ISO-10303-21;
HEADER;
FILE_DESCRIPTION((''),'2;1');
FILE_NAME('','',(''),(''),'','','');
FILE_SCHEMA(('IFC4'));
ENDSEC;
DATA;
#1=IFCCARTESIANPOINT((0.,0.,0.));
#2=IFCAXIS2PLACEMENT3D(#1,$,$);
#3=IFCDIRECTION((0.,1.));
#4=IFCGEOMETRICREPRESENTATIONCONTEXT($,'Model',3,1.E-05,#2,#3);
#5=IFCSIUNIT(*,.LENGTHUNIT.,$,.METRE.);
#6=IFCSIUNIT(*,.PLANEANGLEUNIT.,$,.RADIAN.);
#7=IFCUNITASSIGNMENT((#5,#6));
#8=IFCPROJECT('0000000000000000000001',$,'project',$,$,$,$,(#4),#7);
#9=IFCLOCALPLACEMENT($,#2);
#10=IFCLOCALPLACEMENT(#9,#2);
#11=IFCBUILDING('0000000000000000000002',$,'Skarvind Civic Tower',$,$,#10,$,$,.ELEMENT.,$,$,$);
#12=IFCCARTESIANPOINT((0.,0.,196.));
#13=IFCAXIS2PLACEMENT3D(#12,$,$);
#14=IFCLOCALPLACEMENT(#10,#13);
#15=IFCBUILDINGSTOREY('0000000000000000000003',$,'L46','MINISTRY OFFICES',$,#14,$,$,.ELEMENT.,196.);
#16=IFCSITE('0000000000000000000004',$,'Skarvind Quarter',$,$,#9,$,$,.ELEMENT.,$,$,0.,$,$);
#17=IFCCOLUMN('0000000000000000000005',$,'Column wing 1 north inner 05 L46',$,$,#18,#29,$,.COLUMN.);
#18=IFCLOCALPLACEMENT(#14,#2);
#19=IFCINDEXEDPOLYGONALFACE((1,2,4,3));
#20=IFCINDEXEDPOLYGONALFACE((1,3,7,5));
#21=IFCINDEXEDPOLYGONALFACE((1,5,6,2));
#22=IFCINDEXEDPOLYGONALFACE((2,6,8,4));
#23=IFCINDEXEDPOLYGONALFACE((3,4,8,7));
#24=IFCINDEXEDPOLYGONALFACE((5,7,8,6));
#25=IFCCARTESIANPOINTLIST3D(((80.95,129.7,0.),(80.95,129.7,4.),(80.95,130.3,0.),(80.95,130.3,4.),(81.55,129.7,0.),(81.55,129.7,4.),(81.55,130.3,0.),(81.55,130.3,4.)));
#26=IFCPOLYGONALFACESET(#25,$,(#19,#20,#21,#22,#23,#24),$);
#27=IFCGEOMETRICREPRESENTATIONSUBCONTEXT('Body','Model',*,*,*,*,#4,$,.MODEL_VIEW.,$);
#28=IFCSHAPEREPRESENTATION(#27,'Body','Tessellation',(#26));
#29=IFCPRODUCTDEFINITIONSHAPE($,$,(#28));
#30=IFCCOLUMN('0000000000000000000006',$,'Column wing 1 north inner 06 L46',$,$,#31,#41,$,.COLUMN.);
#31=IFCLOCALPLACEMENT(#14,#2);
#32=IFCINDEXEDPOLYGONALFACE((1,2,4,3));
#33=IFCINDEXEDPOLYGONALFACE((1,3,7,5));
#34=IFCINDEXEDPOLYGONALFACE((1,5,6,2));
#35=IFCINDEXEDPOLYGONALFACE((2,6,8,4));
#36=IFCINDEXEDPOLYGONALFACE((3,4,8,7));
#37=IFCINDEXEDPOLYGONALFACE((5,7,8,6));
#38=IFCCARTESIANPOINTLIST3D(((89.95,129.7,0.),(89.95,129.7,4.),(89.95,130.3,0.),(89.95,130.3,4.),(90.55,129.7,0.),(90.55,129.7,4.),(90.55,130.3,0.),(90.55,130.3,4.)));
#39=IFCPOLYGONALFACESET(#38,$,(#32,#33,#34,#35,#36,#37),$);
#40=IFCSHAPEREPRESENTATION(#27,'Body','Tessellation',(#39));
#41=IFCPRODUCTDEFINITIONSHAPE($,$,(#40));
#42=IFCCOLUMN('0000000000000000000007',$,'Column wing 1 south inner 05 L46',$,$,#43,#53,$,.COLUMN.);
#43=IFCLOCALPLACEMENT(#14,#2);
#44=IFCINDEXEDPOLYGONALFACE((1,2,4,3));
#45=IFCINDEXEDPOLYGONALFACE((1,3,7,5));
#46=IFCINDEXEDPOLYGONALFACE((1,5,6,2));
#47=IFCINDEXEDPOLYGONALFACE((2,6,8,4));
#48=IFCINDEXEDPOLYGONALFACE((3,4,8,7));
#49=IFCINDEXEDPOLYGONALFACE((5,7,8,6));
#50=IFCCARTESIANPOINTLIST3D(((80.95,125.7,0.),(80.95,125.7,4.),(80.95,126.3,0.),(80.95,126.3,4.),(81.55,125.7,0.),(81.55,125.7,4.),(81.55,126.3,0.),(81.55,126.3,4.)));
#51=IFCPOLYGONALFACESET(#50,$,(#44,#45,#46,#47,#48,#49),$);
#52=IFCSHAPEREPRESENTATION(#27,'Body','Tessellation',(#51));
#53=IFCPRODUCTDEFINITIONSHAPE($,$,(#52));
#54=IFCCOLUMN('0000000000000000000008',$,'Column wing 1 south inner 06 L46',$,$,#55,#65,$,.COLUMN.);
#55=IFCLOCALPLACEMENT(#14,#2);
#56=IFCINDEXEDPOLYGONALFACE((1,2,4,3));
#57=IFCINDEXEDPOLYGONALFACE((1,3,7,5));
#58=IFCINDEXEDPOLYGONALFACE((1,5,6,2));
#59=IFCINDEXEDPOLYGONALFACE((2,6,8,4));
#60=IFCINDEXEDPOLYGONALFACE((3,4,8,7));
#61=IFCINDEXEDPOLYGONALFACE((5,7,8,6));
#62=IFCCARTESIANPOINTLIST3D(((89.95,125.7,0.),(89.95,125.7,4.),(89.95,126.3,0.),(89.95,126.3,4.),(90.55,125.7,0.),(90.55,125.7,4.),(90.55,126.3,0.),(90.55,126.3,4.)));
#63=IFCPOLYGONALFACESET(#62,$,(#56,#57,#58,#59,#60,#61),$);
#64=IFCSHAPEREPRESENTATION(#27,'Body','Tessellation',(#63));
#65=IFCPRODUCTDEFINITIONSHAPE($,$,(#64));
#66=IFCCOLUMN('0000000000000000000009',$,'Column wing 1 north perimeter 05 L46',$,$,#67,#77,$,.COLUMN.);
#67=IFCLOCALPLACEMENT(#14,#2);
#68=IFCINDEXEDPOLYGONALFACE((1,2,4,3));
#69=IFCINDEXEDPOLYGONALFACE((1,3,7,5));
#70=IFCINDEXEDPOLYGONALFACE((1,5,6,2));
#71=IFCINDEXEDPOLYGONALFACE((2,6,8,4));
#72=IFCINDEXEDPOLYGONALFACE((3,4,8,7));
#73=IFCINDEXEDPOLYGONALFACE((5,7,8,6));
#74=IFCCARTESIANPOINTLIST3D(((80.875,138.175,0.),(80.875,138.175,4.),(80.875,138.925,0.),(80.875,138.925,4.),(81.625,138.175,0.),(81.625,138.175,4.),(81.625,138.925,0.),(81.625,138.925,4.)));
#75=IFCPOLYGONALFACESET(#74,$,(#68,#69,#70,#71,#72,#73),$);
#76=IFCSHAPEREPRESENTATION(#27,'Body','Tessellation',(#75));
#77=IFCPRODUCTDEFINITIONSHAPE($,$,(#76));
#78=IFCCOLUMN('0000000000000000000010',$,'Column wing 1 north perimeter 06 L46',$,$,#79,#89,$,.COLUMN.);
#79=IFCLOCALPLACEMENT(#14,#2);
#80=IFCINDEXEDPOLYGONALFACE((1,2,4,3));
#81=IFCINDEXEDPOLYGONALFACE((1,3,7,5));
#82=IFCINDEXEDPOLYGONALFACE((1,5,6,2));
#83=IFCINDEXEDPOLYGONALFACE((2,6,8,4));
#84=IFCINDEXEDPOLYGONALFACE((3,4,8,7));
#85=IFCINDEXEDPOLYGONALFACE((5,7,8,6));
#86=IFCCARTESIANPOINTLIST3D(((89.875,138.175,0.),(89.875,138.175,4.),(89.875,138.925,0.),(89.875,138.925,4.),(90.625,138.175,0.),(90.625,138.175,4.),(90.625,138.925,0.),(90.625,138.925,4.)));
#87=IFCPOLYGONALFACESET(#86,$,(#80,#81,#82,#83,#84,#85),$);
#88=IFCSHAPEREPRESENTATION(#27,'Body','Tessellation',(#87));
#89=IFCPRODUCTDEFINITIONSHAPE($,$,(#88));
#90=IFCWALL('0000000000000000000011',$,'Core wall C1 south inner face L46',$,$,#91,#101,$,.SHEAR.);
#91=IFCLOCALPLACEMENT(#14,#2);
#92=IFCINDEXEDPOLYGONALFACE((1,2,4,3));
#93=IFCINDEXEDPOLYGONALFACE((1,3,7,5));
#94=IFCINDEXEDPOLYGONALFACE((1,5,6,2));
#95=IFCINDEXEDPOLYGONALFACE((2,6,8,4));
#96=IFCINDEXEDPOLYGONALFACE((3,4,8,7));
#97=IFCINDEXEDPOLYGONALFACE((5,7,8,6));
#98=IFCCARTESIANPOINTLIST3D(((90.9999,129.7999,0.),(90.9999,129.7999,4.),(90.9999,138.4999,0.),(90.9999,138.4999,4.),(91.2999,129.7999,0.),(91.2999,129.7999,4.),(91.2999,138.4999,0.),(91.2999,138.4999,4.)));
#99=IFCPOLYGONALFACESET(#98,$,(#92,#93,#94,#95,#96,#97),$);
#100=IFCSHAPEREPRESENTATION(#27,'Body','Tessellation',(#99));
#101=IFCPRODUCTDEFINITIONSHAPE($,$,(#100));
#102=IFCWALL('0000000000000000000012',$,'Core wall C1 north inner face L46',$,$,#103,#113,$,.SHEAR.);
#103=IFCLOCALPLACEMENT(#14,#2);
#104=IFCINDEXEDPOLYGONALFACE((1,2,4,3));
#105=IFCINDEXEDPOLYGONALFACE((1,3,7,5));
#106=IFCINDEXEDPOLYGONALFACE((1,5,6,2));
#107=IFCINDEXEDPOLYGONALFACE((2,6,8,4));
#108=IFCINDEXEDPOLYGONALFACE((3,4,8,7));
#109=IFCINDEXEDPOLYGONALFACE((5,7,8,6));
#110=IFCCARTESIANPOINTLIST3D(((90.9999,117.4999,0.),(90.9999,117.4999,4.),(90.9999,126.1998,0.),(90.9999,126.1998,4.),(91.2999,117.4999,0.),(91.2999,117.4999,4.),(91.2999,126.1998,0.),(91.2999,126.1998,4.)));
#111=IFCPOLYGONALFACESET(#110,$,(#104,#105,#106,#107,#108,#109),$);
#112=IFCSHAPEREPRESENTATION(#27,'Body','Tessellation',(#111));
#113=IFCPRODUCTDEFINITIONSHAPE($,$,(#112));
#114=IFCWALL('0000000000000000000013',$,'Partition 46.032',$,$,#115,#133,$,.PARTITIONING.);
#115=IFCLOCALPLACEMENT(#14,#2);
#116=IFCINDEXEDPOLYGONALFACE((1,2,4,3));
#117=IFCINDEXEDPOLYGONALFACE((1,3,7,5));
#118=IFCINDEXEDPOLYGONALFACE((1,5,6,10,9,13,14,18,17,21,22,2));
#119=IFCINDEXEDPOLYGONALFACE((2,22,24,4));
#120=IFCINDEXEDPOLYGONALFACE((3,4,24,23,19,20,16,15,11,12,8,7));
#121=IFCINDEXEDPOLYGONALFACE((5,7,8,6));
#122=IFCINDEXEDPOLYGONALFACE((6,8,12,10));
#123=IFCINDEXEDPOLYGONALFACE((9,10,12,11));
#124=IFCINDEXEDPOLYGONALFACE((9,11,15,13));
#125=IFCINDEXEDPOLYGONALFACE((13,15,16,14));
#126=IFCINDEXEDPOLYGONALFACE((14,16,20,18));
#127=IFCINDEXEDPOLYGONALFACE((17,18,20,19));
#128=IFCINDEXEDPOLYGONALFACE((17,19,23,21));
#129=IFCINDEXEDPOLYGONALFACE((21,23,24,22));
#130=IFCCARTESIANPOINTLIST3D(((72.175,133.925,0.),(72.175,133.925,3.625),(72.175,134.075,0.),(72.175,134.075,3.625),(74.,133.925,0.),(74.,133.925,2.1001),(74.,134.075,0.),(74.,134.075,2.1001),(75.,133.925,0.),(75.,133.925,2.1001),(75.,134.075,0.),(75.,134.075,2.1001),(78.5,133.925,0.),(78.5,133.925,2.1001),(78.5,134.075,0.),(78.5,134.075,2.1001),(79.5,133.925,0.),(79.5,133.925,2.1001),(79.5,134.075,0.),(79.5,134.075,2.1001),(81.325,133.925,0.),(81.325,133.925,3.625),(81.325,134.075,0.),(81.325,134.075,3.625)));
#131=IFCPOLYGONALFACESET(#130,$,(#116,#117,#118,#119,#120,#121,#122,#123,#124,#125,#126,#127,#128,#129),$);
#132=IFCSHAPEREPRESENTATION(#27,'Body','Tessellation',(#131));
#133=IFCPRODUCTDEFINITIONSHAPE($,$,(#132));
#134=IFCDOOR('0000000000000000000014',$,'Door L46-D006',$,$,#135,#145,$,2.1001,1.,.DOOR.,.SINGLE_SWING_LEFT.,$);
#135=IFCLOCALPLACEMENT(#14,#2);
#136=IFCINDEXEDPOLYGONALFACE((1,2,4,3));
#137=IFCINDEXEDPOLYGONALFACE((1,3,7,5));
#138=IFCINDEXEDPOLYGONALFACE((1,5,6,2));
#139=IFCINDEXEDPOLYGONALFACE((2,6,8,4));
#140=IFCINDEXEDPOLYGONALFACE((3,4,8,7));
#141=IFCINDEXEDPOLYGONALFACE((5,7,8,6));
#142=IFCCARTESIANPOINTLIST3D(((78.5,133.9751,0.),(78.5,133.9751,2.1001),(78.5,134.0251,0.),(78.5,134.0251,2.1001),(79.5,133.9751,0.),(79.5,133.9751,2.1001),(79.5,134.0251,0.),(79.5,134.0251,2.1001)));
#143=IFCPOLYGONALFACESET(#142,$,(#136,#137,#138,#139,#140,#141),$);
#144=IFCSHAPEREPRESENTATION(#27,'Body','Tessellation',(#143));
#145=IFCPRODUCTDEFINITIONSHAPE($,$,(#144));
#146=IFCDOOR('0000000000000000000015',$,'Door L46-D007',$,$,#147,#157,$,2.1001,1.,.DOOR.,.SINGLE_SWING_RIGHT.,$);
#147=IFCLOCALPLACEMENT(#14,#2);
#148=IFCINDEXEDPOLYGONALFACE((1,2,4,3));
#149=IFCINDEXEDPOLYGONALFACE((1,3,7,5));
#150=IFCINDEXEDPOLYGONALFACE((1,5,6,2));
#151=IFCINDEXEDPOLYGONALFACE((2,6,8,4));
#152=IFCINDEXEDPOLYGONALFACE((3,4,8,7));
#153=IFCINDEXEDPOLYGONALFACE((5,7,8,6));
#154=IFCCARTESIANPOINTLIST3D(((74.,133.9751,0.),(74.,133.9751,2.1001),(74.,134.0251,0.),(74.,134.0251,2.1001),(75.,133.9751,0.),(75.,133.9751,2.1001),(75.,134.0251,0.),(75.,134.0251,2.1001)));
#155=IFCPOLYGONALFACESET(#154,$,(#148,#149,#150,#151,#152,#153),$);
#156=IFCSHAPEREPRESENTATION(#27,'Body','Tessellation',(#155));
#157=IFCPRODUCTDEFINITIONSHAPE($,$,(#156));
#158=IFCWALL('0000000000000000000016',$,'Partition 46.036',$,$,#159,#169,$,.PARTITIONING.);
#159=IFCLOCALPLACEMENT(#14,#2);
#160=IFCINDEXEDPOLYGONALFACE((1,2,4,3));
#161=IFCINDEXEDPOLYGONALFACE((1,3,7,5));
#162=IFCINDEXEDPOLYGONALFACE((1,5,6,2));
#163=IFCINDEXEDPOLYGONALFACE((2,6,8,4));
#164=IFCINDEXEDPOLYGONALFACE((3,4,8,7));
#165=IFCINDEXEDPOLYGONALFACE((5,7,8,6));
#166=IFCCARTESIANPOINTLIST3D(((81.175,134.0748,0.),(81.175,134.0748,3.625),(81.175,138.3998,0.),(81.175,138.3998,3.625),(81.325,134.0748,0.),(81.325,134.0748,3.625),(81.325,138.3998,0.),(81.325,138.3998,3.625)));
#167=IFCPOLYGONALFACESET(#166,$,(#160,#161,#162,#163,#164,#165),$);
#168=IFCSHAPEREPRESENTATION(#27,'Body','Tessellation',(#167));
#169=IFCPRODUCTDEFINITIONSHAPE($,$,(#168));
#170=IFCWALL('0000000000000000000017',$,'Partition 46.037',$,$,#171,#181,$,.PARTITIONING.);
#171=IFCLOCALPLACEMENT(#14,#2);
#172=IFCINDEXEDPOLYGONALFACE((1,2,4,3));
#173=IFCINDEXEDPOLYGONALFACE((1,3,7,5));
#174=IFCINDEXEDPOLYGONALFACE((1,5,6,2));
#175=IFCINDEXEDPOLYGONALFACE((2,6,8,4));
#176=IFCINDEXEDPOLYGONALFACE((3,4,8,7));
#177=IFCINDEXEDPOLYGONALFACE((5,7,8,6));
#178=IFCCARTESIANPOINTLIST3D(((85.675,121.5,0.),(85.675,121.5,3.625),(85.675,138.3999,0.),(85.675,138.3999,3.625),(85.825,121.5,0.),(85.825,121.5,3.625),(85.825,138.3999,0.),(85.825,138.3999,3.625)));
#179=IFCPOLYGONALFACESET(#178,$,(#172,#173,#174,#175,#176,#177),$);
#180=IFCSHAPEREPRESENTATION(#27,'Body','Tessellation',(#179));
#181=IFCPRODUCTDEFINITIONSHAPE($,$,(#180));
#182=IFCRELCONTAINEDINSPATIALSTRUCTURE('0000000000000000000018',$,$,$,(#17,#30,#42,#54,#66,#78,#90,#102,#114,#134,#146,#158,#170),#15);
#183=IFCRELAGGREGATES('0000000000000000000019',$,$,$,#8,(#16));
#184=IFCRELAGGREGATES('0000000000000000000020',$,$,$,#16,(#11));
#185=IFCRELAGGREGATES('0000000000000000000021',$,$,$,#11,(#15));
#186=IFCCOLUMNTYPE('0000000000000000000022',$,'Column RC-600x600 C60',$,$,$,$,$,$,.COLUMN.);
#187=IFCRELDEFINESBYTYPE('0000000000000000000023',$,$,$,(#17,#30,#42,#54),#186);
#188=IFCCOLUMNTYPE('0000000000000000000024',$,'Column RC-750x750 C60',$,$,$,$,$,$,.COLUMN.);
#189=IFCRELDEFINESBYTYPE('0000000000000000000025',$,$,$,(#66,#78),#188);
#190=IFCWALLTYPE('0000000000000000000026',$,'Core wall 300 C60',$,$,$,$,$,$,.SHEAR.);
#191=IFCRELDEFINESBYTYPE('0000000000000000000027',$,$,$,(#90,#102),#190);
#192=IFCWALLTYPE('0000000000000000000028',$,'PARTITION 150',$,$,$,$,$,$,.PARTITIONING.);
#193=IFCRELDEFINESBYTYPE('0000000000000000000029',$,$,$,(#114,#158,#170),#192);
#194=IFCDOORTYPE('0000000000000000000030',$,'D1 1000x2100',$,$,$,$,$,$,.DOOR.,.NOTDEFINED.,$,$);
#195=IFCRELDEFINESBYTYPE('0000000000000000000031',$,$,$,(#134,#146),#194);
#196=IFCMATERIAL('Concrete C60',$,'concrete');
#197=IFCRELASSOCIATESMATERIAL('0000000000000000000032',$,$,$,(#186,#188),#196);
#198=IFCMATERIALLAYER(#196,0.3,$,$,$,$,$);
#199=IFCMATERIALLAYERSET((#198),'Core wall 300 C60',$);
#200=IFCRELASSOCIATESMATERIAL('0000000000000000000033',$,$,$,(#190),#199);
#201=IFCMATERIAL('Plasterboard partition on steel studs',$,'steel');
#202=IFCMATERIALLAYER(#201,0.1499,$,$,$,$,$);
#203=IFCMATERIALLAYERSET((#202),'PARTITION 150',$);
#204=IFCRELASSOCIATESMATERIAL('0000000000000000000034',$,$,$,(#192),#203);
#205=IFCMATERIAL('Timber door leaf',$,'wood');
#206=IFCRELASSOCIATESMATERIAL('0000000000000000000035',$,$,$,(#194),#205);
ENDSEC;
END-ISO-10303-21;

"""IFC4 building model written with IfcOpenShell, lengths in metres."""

from ifc_helpers import new_model, si_unit, direction, frame, frame_2d, origin, origin_2d, place, context, subcontext, project, spatial, rectangle, extrude, material, layer, layer_set, material_profile, profile_set, type_object, element, fill, save


model = new_model("IFC4")

# Units and contexts
model_context = context("Model", 3, precision=1e-05, world=origin(), true_north=direction((0.0, 1.0)))
body_context = subcontext(model_context, "Body", "Model", "MODEL_VIEW")
ifc_project = project(units=[si_unit("LENGTHUNIT", "METRE"), si_unit("PLANEANGLEUNIT", "RADIAN")], contexts=[model_context])

# Site, building, storey
site_placement = place(None, origin())
site = spatial("IfcSite", under=ifc_project, at=site_placement, Name="Skarvind Quarter", CompositionType="ELEMENT", RefElevation=0.0)
building_placement = place(site_placement, origin())
building = spatial("IfcBuilding", under=site, at=building_placement, Name="Skarvind Civic Tower", CompositionType="ELEMENT")
storey_placement = place(building_placement, frame((0.0, 0.0, 196.0)))
storey = spatial("IfcBuildingStorey", under=building, at=storey_placement, Name="L46", Description="MINISTRY OFFICES", CompositionType="ELEMENT", Elevation=196.0)

# Columns
ifc_material_1 = material(Name="Concrete C60", Category="concrete")
ifc_material_profile_1 = material_profile(ifc_material_1, rectangle(XDim=0.6001, YDim=0.6001, at=origin_2d()), Name="RC-600x600")
ifc_profile_set_1 = profile_set([ifc_material_profile_1], Name="Concrete C60")
column_type_1 = type_object("IfcColumnType", Name="Column RC-600x600 C60", PredefinedType="COLUMN", material=ifc_profile_set_1)
for number, where, z_axis, x_axis, name in (
    (1, (81.25, 130.0, 0.0), (0.0, 0.0, 1.0), (1.0, 0.0, 0.0), "Column wing 1 north inner 05 L46"),
    (2, (90.25, 130.0, 0.0), (0.0, 0.0, 1.0), (1.0, 0.0, 0.0), "Column wing 1 north inner 06 L46"),
    (3, (81.25, 126.0, 0.0), (0.0, 0.0, 1.0), (1.0, 0.0, 0.0), "Column wing 1 south inner 05 L46"),
    (4, (90.25, 126.0, 0.0), (0.0, 0.0, 1.0), (1.0, 0.0, 0.0), "Column wing 1 south inner 06 L46"),
):
    element("IfcColumn", number, at=place(storey_placement, frame(where, z_axis=z_axis, x_axis=x_axis)), inside=storey, type_object=column_type_1, Name=name, PredefinedType="COLUMN", context=body_context, shape_type="SweptSolid", body=[
        extrude(rectangle(XDim=0.6001, YDim=0.6001, at=origin_2d()), origin(), (0.0, 0.0, 1.0), 4.0),
    ])
ifc_material_profile_2 = material_profile(ifc_material_1, rectangle(XDim=0.75, YDim=0.75, at=origin_2d()), Name="RC-750x750")
ifc_profile_set_2 = profile_set([ifc_material_profile_2], Name="Concrete C60")
column_type_2 = type_object("IfcColumnType", Name="Column RC-750x750 C60", PredefinedType="COLUMN", material=ifc_profile_set_2)
for number, where, z_axis, x_axis, name in (
    (5, (81.25, 138.55, 0.0), (0.0, 0.0, 1.0), (1.0, 0.0, 0.0), "Column wing 1 north perimeter 05 L46"),
    (6, (90.25, 138.55, 0.0), (0.0, 0.0, 1.0), (1.0, 0.0, 0.0), "Column wing 1 north perimeter 06 L46"),
):
    element("IfcColumn", number, at=place(storey_placement, frame(where, z_axis=z_axis, x_axis=x_axis)), inside=storey, type_object=column_type_2, Name=name, PredefinedType="COLUMN", context=body_context, shape_type="SweptSolid", body=[
        extrude(rectangle(XDim=0.75, YDim=0.75, at=origin_2d()), origin(), (0.0, 0.0, 1.0), 4.0),
    ])

# Walls
ifc_layer_1 = layer(ifc_material_1, 0.3)
ifc_layer_set_1 = layer_set([ifc_layer_1], Name="Core wall 300 C60")
wall_type_1 = type_object("IfcWallType", Name="Core wall 300 C60", PredefinedType="SHEAR", material=ifc_layer_set_1)
for number, where, z_axis, x_axis, name in (
    (7, (91.1499, 138.5, 0.0), (0.0, 0.0, 1.0), (0.0, -1.0, 0.0), "Core wall C1 south inner face L46"),
    (8, (91.1499, 126.2, 0.0), (0.0, 0.0, 1.0), (0.0, -1.0, 0.0), "Core wall C1 north inner face L46"),
):
    element("IfcWall", number, at=place(storey_placement, frame(where, z_axis=z_axis, x_axis=x_axis)), inside=storey, type_object=wall_type_1, Name=name, PredefinedType="SHEAR", context=body_context, shape_type="SweptSolid", body=[
        extrude(rectangle(XDim=8.7, YDim=0.3, at=frame_2d((4.3501, 0.0))), origin(), (0.0, 0.0, 1.0), 4.0),
    ])

# Wall, openings, doors
ifc_material_2 = material(Name="Plasterboard partition on steel studs", Category="steel")
ifc_layer_2 = layer(ifc_material_2, 0.1499)
ifc_layer_set_2 = layer_set([ifc_layer_2], Name="PARTITION 150")
wall_type_2 = type_object("IfcWallType", Name="PARTITION 150", PredefinedType="PARTITIONING", material=ifc_layer_set_2)
wall_1_placement = place(storey_placement, frame((81.325, 134.0, 0.0), z_axis=(0.0, 0.0, 1.0), x_axis=(-1.0, 0.0, 0.0)))
wall_1 = element("IfcWall", 9, at=wall_1_placement, inside=storey, type_object=wall_type_2, Name="Partition 46.032", PredefinedType="PARTITIONING", context=body_context, shape_type="SweptSolid", body=[
    extrude(rectangle(XDim=9.1499, YDim=0.1499, at=frame_2d((4.575, 0.0))), origin(), (0.0, 0.0, 1.0), 3.625),
])
opening_1_placement = place(wall_1_placement, frame((1.825, 0.0, 0.0)))
opening_1 = element("IfcOpeningElement", 10, at=opening_1_placement, cuts=wall_1, PredefinedType="OPENING", context=body_context, shape_type="SweptSolid", body=[
    extrude(rectangle(XDim=1.0, YDim=2.1001, at=frame_2d((0.5, 1.05))), frame((0.0, 0.085, 0.0), z_axis=(0.0, -1.0, 0.0), x_axis=(1.0, 0.0, 0.0)), (0.0, 0.0, 1.0), 0.1699),
])
opening_2_placement = place(wall_1_placement, frame((6.325, 0.0, 0.0)))
opening_2 = element("IfcOpeningElement", 11, at=opening_2_placement, cuts=wall_1, PredefinedType="OPENING", context=body_context, shape_type="SweptSolid", body=[
    extrude(rectangle(XDim=1.0, YDim=2.1001, at=frame_2d((0.5, 1.05))), frame((0.0, 0.085, 0.0), z_axis=(0.0, -1.0, 0.0), x_axis=(1.0, 0.0, 0.0)), (0.0, 0.0, 1.0), 0.1699),
])
ifc_material_3 = material(Name="Timber door leaf", Category="wood")
door_type = type_object("IfcDoorType", Name="D1 1000x2100", OperationType="NOTDEFINED", PredefinedType="DOOR", material=ifc_material_3)
door_1_placement = place(opening_1_placement, origin())
door_1 = element("IfcDoor", 12, at=door_1_placement, inside=storey, type_object=door_type, Name="Door L46-D006", OperationType="SINGLE_SWING_LEFT", OverallHeight=2.1001, OverallWidth=1.0, PredefinedType="DOOR", context=body_context, shape_type="SweptSolid", body=[
    extrude(rectangle(XDim=1.0, YDim=2.1001, at=frame_2d((0.5, 1.05))), frame((0.0, 0.0249, 0.0), z_axis=(0.0, -1.0, 0.0), x_axis=(1.0, 0.0, 0.0)), (0.0, 0.0, 1.0), 0.05),
])
fill(opening_1, door_1)
door_2_placement = place(opening_2_placement, origin())
door_2 = element("IfcDoor", 13, at=door_2_placement, inside=storey, type_object=door_type, Name="Door L46-D007", OperationType="SINGLE_SWING_RIGHT", OverallHeight=2.1001, OverallWidth=1.0, PredefinedType="DOOR", context=body_context, shape_type="SweptSolid", body=[
    extrude(rectangle(XDim=1.0, YDim=2.1001, at=frame_2d((0.5, 1.05))), frame((0.0, 0.0249, 0.0), z_axis=(0.0, -1.0, 0.0), x_axis=(1.0, 0.0, 0.0)), (0.0, 0.0, 1.0), 0.05),
])
fill(opening_2, door_2)

# Walls
wall_2_placement = place(storey_placement, frame((81.25, 138.3999, 0.0), z_axis=(0.0, 0.0, 1.0), x_axis=(0.0, -1.0, 0.0)))
element("IfcWall", 14, at=wall_2_placement, inside=storey, type_object=wall_type_2, Name="Partition 46.036", PredefinedType="PARTITIONING", context=body_context, shape_type="SweptSolid", body=[
    extrude(rectangle(XDim=4.325, YDim=0.1499, at=frame_2d((2.1626, 0.0))), origin(), (0.0, 0.0, 1.0), 3.625),
])
wall_3_placement = place(storey_placement, frame((85.75, 121.5, 0.0), z_axis=(0.0, 0.0, 1.0), x_axis=(0.0, 1.0, 0.0)))
element("IfcWall", 15, at=wall_3_placement, inside=storey, type_object=wall_type_2, Name="Partition 46.037", PredefinedType="PARTITIONING", context=body_context, shape_type="SweptSolid", body=[
    extrude(rectangle(XDim=16.8999, YDim=0.1499, at=frame_2d((8.45, 0.0))), origin(), (0.0, 0.0, 1.0), 3.625),
])

save(model, "model.ifc")
